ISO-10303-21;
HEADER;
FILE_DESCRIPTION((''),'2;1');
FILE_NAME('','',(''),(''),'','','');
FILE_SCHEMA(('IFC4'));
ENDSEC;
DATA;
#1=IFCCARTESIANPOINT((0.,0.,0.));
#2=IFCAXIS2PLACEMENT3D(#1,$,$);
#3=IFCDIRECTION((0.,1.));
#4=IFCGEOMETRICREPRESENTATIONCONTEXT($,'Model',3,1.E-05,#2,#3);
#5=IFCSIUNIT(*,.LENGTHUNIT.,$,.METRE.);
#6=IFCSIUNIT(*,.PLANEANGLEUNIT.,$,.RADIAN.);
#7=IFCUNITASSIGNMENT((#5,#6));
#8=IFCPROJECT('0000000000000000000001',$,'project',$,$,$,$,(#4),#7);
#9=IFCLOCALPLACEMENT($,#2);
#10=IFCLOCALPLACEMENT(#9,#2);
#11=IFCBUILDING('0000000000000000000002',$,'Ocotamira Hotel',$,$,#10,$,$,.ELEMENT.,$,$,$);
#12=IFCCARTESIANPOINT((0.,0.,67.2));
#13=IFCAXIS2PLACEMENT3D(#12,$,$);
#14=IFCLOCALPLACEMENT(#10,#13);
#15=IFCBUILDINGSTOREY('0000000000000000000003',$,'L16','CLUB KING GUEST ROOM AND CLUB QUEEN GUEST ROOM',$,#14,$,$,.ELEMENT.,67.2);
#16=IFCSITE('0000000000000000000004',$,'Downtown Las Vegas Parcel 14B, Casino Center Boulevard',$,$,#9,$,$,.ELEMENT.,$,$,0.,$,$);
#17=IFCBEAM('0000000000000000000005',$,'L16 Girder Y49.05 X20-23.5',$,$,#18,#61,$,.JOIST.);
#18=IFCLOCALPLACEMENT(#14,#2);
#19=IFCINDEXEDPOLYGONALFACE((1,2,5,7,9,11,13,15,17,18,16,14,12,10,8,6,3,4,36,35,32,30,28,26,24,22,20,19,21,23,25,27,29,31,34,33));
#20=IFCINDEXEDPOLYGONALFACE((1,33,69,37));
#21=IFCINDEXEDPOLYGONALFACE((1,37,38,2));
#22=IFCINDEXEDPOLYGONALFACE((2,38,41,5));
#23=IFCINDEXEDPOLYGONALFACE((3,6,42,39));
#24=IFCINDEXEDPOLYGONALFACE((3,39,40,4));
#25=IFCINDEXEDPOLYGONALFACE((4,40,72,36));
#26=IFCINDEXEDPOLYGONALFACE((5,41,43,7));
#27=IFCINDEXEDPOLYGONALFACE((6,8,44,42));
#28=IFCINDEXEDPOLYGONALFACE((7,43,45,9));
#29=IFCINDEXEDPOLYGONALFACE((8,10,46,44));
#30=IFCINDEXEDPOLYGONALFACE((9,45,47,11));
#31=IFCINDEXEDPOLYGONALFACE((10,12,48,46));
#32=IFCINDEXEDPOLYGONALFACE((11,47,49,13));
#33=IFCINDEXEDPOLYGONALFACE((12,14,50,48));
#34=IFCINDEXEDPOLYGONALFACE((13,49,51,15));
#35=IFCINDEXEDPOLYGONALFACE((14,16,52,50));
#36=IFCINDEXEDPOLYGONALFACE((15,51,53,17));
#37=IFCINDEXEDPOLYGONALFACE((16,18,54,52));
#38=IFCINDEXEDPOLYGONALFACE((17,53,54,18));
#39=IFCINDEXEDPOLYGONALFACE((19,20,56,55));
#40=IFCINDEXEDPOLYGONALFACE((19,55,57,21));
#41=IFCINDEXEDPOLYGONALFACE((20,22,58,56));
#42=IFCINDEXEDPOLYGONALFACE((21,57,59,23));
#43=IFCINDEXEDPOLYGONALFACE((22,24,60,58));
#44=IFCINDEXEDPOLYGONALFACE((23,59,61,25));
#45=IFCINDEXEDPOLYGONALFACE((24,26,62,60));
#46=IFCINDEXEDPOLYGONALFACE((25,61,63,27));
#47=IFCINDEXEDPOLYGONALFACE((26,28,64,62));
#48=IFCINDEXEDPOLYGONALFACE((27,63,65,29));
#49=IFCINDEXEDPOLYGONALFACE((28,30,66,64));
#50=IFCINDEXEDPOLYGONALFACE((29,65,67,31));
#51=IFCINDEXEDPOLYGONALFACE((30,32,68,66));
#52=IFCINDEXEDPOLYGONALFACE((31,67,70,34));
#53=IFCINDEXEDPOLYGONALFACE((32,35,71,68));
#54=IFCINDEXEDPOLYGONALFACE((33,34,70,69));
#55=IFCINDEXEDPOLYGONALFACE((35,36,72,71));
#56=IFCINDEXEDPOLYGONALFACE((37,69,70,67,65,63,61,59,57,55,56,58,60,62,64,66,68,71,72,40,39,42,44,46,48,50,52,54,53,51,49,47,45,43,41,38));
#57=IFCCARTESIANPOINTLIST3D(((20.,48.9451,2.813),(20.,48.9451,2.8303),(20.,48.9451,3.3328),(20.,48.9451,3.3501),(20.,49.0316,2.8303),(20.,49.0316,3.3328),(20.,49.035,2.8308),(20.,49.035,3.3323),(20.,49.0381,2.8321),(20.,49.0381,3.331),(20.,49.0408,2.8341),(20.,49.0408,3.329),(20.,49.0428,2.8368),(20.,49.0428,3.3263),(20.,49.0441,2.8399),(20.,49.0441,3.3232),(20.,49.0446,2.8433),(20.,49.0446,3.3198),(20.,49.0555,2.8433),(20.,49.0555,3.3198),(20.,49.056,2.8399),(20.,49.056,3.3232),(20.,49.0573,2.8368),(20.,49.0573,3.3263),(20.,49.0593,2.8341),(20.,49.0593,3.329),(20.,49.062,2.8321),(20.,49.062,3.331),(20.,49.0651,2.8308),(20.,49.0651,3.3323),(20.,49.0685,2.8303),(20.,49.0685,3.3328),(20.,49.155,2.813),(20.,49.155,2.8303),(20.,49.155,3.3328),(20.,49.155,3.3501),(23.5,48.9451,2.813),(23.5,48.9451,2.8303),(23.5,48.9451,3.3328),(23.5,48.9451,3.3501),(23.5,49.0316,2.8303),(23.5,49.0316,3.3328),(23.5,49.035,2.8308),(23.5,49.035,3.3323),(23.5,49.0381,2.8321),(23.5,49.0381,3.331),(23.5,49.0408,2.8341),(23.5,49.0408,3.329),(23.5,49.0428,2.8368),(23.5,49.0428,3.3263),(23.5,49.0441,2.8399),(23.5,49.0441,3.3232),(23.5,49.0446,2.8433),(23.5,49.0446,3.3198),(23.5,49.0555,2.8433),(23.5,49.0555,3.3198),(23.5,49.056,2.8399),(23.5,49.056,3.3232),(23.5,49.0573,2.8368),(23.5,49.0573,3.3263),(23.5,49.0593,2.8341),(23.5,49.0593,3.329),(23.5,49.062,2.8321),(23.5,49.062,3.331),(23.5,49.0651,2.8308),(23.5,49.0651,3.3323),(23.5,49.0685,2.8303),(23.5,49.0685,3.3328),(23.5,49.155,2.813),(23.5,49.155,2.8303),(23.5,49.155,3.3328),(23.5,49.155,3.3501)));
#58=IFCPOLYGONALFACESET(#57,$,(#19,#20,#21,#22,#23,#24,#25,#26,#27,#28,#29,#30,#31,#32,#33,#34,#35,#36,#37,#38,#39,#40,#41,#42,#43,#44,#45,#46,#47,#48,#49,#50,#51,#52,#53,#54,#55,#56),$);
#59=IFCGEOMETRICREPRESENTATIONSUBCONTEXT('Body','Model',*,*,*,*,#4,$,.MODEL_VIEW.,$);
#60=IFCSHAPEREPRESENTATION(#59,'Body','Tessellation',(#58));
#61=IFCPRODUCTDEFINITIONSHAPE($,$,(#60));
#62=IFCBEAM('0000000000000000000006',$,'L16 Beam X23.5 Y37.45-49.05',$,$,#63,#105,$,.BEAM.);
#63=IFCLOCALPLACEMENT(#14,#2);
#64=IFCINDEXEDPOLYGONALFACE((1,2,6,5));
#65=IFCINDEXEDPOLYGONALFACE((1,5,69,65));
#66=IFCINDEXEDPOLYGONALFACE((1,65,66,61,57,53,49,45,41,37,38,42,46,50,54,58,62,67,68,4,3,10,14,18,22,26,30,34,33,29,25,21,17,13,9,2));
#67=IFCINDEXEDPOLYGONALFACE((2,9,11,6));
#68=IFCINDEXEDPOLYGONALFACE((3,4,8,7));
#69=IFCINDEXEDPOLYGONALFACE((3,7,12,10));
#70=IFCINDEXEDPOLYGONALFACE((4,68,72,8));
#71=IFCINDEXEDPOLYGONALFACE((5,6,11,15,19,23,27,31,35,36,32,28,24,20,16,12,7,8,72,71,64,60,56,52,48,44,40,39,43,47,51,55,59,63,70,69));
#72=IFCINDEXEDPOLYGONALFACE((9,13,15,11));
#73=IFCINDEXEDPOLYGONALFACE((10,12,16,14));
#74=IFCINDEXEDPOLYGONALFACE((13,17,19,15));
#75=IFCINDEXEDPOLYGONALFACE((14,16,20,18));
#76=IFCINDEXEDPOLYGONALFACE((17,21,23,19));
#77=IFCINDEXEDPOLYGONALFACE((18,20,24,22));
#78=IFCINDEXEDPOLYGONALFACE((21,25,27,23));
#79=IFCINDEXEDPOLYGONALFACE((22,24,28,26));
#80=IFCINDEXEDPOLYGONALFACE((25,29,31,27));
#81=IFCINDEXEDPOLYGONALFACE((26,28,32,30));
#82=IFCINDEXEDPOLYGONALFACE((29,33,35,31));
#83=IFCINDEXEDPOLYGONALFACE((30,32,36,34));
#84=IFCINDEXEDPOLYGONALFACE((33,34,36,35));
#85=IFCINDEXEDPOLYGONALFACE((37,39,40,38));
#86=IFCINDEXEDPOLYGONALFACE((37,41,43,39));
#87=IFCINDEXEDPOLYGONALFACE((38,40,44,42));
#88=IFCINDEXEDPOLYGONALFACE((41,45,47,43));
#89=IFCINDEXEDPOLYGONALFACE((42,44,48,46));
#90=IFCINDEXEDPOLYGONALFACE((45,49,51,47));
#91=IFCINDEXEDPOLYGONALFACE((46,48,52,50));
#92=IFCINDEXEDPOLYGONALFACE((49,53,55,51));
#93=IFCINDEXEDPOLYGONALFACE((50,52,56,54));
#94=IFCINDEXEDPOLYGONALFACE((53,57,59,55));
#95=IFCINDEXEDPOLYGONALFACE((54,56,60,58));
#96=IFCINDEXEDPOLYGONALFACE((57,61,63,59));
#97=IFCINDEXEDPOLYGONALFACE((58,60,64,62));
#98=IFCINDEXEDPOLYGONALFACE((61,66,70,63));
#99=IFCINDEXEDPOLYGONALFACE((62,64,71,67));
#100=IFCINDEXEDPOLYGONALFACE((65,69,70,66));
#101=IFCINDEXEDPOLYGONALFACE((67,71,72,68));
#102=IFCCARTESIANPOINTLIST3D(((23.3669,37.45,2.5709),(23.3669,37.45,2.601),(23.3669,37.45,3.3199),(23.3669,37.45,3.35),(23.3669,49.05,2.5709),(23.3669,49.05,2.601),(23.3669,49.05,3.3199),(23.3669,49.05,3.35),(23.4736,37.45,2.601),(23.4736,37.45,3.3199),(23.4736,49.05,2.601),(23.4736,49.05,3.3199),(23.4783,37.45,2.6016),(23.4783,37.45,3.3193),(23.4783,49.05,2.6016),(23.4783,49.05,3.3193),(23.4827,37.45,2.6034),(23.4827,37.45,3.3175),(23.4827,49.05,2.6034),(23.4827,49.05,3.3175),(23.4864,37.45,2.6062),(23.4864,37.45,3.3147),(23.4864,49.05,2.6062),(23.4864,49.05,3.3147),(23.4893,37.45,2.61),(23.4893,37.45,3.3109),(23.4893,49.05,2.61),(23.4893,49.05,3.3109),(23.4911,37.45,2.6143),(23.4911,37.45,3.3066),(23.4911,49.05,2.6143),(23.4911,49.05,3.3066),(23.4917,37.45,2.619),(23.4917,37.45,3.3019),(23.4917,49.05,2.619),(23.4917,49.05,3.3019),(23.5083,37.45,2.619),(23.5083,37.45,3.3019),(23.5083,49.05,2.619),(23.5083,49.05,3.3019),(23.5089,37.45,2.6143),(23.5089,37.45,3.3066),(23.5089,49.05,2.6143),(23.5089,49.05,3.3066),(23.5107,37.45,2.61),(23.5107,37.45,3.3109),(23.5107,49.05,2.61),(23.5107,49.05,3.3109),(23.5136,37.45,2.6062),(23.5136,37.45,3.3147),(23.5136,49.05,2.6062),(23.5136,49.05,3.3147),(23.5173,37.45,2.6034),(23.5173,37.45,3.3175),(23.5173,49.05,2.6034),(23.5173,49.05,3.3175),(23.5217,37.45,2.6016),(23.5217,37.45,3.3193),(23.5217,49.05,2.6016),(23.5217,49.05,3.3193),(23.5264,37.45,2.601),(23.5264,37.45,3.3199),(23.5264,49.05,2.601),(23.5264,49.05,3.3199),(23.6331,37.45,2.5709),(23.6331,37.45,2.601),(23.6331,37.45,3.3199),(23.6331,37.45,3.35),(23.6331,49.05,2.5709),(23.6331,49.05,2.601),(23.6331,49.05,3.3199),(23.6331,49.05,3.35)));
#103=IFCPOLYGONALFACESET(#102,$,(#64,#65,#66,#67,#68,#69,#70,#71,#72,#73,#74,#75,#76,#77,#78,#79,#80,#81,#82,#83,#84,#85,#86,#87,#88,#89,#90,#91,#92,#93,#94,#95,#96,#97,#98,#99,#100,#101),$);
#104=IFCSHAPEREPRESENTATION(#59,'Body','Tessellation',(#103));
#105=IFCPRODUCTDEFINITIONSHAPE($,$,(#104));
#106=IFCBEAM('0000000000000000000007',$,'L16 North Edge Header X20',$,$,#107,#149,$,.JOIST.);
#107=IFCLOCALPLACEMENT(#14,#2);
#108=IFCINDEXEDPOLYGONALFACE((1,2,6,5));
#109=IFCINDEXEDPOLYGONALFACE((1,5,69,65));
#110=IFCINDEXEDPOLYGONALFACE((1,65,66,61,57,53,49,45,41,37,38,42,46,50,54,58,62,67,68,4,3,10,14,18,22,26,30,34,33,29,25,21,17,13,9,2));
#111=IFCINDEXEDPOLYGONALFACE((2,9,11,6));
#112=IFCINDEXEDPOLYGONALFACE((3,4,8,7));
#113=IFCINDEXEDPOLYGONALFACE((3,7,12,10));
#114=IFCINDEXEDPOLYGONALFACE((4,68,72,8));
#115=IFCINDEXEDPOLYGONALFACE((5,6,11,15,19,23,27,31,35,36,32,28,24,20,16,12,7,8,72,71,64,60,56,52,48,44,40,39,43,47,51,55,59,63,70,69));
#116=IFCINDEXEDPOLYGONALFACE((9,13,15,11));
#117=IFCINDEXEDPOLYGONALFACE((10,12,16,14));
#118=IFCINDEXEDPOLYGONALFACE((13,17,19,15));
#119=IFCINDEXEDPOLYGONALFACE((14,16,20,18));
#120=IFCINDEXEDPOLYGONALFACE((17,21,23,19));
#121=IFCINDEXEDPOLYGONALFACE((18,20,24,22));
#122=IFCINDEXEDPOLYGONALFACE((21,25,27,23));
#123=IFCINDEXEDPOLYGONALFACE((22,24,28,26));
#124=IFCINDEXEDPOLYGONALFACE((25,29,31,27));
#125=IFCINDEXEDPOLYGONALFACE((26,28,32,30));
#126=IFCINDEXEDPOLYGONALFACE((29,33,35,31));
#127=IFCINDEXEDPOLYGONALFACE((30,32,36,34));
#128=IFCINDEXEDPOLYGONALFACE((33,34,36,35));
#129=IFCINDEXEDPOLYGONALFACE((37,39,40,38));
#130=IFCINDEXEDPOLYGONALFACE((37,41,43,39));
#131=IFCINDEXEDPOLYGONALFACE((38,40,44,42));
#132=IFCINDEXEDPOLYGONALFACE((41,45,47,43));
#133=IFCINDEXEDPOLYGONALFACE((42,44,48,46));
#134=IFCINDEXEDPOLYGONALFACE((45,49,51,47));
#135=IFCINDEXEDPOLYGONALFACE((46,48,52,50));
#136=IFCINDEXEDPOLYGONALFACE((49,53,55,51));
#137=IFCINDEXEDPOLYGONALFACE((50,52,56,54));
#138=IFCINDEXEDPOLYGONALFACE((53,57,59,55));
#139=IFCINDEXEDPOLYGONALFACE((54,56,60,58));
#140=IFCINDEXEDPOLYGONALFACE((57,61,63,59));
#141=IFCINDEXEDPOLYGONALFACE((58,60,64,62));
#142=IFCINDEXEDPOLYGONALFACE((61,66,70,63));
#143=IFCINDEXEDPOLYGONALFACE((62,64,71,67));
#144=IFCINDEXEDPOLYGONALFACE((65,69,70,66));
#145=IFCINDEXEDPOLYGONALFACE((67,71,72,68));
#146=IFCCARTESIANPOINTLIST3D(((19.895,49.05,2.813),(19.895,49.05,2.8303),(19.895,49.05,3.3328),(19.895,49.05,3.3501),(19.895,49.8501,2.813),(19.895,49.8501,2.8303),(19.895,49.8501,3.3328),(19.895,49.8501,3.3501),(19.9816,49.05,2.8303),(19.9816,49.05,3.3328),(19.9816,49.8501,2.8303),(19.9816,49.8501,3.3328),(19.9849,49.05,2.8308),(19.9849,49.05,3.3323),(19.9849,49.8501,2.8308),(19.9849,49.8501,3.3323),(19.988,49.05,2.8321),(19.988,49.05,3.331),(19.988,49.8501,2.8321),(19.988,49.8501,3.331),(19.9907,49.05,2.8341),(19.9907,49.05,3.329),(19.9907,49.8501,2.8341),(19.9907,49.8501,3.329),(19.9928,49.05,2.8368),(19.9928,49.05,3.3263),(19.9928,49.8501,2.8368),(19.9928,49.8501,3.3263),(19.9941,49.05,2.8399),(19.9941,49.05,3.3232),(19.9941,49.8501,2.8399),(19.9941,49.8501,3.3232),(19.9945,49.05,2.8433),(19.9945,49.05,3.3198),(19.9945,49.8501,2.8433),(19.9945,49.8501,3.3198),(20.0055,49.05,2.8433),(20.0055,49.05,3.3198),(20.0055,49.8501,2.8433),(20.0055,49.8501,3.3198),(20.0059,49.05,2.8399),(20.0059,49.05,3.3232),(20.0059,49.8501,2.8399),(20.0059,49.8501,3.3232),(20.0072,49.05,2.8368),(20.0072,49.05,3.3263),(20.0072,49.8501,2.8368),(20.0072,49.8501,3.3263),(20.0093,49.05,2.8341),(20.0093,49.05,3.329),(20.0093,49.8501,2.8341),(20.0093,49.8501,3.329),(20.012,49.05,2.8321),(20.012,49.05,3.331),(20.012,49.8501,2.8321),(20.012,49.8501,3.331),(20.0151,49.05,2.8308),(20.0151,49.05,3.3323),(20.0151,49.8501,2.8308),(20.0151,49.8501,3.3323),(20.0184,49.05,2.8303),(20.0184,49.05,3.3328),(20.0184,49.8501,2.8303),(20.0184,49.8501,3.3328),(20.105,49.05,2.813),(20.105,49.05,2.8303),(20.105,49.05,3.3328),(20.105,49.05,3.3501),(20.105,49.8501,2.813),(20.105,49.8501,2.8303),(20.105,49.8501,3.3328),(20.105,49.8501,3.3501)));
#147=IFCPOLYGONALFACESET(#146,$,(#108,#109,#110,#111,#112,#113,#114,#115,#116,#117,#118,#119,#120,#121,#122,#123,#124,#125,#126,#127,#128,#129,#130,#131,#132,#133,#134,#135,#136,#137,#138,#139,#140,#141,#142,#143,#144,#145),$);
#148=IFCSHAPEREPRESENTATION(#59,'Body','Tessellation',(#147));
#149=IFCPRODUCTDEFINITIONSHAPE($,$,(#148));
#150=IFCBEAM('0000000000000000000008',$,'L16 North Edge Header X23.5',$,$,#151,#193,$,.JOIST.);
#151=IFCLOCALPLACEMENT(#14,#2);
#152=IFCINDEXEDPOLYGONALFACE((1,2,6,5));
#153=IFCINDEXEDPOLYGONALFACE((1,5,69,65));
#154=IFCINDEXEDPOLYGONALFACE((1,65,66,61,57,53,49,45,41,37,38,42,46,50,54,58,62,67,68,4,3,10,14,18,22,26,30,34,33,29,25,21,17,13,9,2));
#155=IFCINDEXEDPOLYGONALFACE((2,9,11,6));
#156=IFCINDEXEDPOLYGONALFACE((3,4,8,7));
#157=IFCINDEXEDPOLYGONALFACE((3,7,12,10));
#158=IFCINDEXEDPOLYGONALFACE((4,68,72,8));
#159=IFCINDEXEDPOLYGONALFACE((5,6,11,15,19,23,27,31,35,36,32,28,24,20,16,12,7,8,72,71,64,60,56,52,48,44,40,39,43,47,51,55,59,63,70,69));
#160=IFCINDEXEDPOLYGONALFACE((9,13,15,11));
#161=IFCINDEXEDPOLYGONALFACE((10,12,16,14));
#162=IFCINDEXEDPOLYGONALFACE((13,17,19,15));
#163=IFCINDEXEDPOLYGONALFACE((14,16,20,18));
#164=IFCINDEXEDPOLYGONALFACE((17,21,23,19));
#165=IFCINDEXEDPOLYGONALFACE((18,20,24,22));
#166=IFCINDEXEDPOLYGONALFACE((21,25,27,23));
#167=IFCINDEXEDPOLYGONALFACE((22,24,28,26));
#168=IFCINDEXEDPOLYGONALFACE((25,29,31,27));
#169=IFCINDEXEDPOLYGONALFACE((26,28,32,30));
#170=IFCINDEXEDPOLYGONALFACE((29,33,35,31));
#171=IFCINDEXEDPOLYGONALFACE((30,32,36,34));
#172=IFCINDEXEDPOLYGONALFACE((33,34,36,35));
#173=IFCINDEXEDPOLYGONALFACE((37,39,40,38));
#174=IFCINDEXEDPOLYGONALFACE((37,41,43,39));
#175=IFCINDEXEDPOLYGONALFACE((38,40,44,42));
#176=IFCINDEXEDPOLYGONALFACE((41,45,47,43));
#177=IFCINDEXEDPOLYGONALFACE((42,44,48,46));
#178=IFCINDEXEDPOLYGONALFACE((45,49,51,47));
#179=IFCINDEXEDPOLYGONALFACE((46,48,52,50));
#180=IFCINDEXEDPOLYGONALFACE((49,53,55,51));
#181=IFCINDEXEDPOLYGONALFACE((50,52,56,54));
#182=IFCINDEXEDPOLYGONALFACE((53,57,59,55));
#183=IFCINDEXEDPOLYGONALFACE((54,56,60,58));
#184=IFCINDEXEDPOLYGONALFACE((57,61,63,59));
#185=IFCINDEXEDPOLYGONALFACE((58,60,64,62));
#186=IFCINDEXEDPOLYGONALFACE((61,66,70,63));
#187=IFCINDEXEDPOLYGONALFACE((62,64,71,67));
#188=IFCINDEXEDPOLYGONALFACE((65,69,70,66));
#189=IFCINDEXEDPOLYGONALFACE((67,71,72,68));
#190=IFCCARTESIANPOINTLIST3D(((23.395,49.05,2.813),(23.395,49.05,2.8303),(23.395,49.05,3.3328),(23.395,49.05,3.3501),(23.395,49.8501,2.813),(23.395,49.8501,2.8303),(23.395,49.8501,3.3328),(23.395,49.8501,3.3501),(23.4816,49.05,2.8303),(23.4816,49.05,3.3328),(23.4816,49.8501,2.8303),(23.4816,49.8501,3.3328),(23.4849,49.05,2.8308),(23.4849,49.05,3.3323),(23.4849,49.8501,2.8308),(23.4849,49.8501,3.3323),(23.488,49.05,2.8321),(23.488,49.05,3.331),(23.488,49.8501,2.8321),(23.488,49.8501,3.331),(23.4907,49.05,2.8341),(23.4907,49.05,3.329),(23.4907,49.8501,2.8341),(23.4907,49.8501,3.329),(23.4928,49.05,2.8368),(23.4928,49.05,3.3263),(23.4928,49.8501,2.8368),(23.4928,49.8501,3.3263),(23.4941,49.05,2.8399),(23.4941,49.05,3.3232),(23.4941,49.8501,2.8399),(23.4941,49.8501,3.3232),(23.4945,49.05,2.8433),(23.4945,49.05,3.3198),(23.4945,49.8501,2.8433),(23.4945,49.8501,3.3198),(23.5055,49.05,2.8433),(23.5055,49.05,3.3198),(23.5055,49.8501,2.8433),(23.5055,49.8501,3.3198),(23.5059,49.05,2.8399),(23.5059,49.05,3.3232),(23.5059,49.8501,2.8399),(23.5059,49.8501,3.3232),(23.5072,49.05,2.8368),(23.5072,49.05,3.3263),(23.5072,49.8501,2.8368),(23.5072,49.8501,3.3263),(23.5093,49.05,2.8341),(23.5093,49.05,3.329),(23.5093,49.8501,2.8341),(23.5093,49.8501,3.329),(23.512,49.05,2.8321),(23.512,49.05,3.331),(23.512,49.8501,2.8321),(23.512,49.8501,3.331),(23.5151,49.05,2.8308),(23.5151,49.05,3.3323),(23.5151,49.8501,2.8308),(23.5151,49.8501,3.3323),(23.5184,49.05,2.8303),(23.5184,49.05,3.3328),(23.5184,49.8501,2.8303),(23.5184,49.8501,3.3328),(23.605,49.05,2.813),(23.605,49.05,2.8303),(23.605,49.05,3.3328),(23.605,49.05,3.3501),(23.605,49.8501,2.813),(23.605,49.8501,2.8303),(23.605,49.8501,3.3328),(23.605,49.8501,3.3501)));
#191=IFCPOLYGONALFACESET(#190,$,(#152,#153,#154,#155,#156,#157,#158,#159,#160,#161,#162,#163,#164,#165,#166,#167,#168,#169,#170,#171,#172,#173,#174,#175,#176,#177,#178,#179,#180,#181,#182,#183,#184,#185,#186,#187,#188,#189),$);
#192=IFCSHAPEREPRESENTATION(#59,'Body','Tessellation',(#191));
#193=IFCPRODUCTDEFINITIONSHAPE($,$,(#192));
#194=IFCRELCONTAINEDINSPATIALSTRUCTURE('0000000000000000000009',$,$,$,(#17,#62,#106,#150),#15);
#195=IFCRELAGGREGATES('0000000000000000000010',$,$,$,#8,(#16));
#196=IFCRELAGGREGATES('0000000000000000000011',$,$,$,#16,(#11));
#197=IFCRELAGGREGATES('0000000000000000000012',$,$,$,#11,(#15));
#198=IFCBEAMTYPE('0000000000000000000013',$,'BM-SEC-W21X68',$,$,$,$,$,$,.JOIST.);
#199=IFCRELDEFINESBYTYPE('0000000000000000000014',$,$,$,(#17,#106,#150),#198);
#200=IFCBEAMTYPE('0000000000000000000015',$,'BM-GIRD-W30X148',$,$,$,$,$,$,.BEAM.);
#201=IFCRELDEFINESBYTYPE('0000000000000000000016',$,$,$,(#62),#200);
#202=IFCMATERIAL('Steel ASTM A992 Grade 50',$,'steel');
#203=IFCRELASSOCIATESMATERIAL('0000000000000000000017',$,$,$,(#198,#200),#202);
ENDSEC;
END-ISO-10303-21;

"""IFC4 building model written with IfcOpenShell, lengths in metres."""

from ifc_helpers import new_model, si_unit, direction, frame, origin, origin_2d, place, context, subcontext, project, spatial, i_section, extrude, source, transform, mapped, material, material_profile, profile_set, type_object, element, save


model = new_model("IFC4")

# Units and contexts
model_context = context("Model", 3, precision=1e-05, world=origin(), true_north=direction((0.0, 1.0)))
body_context = subcontext(model_context, "Body", "Model", "MODEL_VIEW")
ifc_project = project(units=[si_unit("LENGTHUNIT", "METRE"), si_unit("PLANEANGLEUNIT", "RADIAN")], contexts=[model_context])

# Site, building, storey
site_placement = place(None, origin())
site = spatial("IfcSite", under=ifc_project, at=site_placement, Name="Downtown Las Vegas Parcel 14B, Casino Center Boulevard", CompositionType="ELEMENT", RefElevation=0.0)
building_placement = place(site_placement, origin())
building = spatial("IfcBuilding", under=site, at=building_placement, Name="Ocotamira Hotel", CompositionType="ELEMENT")
storey_placement = place(building_placement, frame((0.0, 0.0, 67.2)))
storey = spatial("IfcBuildingStorey", under=building, at=storey_placement, Name="L16", Description="CLUB KING GUEST ROOM AND CLUB QUEEN GUEST ROOM", CompositionType="ELEMENT", Elevation=67.2)

# Beams
ifc_material_1 = material(Name="Steel ASTM A992 Grade 50", Category="steel")
ifc_material_profile_1 = material_profile(ifc_material_1, i_section(OverallWidth=0.21, OverallDepth=0.5371, WebThickness=0.011, FlangeThickness=0.0173, FilletRadius=0.0129, at=origin_2d()), Name="W21X68")
ifc_profile_set_1 = profile_set([ifc_material_profile_1], Name="Steel ASTM A992 Grade 50")
beam_type_1 = type_object("IfcBeamType", Name="BM-SEC-W21X68", PredefinedType="JOIST", material=ifc_profile_set_1)
shared_shape_1 = source(origin(), body_context, "Body", "SweptSolid", [
    extrude(i_section(OverallWidth=0.21, OverallDepth=0.5371, WebThickness=0.011, FlangeThickness=0.0173, FilletRadius=0.0129, at=origin_2d()), origin(), (0.0, 0.0, 1.0), 3.5),
])
beam_1_placement = place(storey_placement, frame((20.0, 49.05, 3.0815), z_axis=(1.0, 0.0, 0.0), x_axis=(0.0, 1.0, 0.0)))
element("IfcBeam", 1, at=beam_1_placement, inside=storey, type_object=beam_type_1, Name="L16 Girder Y49.05 X20-23.5", PredefinedType="JOIST", context=body_context, shape_type="MappedRepresentation", body=[
    mapped(shared_shape_1, transform((0.0, 0.0, 0.0), scale=1.0)),
])
ifc_material_profile_2 = material_profile(ifc_material_1, i_section(OverallWidth=0.2661, OverallDepth=0.7791, WebThickness=0.0166, FlangeThickness=0.03, FilletRadius=0.0181, at=origin_2d()), Name="W30X148")
ifc_profile_set_2 = profile_set([ifc_material_profile_2], Name="Steel ASTM A992 Grade 50")
beam_type_2 = type_object("IfcBeamType", Name="BM-GIRD-W30X148", PredefinedType="BEAM", material=ifc_profile_set_2)
shared_shape_2 = source(origin(), body_context, "Body", "SweptSolid", [
    extrude(i_section(OverallWidth=0.2661, OverallDepth=0.7791, WebThickness=0.0166, FlangeThickness=0.03, FilletRadius=0.0181, at=origin_2d()), origin(), (0.0, 0.0, 1.0), 11.6001),
])
beam_2_placement = place(storey_placement, frame((23.5, 37.45, 2.9604), z_axis=(0.0, 1.0, 0.0), x_axis=(-1.0, 0.0, 0.0)))
element("IfcBeam", 2, at=beam_2_placement, inside=storey, type_object=beam_type_2, Name="L16 Beam X23.5 Y37.45-49.05", PredefinedType="BEAM", context=body_context, shape_type="MappedRepresentation", body=[
    mapped(shared_shape_2, transform((0.0, 0.0, 0.0), scale=1.0)),
])
shared_shape_3 = source(origin(), body_context, "Body", "SweptSolid", [
    extrude(i_section(OverallWidth=0.21, OverallDepth=0.5371, WebThickness=0.011, FlangeThickness=0.0173, FilletRadius=0.0129, at=origin_2d()), origin(), (0.0, 0.0, 1.0), 0.8),
])
for number, where, z_axis, x_axis, name in (
    (3, (20.0, 49.05, 3.0815), (0.0, 1.0, 0.0), (-1.0, 0.0, 0.0), "L16 North Edge Header X20"),
    (4, (23.5, 49.05, 3.0815), (0.0, 1.0, 0.0), (-1.0, 0.0, 0.0), "L16 North Edge Header X23.5"),
):
    element("IfcBeam", number, at=place(storey_placement, frame(where, z_axis=z_axis, x_axis=x_axis)), inside=storey, type_object=beam_type_1, Name=name, PredefinedType="JOIST", context=body_context, shape_type="MappedRepresentation", body=[
        mapped(shared_shape_3, transform((0.0, 0.0, 0.0), scale=1.0)),
    ])

save(model, "model.ifc")
